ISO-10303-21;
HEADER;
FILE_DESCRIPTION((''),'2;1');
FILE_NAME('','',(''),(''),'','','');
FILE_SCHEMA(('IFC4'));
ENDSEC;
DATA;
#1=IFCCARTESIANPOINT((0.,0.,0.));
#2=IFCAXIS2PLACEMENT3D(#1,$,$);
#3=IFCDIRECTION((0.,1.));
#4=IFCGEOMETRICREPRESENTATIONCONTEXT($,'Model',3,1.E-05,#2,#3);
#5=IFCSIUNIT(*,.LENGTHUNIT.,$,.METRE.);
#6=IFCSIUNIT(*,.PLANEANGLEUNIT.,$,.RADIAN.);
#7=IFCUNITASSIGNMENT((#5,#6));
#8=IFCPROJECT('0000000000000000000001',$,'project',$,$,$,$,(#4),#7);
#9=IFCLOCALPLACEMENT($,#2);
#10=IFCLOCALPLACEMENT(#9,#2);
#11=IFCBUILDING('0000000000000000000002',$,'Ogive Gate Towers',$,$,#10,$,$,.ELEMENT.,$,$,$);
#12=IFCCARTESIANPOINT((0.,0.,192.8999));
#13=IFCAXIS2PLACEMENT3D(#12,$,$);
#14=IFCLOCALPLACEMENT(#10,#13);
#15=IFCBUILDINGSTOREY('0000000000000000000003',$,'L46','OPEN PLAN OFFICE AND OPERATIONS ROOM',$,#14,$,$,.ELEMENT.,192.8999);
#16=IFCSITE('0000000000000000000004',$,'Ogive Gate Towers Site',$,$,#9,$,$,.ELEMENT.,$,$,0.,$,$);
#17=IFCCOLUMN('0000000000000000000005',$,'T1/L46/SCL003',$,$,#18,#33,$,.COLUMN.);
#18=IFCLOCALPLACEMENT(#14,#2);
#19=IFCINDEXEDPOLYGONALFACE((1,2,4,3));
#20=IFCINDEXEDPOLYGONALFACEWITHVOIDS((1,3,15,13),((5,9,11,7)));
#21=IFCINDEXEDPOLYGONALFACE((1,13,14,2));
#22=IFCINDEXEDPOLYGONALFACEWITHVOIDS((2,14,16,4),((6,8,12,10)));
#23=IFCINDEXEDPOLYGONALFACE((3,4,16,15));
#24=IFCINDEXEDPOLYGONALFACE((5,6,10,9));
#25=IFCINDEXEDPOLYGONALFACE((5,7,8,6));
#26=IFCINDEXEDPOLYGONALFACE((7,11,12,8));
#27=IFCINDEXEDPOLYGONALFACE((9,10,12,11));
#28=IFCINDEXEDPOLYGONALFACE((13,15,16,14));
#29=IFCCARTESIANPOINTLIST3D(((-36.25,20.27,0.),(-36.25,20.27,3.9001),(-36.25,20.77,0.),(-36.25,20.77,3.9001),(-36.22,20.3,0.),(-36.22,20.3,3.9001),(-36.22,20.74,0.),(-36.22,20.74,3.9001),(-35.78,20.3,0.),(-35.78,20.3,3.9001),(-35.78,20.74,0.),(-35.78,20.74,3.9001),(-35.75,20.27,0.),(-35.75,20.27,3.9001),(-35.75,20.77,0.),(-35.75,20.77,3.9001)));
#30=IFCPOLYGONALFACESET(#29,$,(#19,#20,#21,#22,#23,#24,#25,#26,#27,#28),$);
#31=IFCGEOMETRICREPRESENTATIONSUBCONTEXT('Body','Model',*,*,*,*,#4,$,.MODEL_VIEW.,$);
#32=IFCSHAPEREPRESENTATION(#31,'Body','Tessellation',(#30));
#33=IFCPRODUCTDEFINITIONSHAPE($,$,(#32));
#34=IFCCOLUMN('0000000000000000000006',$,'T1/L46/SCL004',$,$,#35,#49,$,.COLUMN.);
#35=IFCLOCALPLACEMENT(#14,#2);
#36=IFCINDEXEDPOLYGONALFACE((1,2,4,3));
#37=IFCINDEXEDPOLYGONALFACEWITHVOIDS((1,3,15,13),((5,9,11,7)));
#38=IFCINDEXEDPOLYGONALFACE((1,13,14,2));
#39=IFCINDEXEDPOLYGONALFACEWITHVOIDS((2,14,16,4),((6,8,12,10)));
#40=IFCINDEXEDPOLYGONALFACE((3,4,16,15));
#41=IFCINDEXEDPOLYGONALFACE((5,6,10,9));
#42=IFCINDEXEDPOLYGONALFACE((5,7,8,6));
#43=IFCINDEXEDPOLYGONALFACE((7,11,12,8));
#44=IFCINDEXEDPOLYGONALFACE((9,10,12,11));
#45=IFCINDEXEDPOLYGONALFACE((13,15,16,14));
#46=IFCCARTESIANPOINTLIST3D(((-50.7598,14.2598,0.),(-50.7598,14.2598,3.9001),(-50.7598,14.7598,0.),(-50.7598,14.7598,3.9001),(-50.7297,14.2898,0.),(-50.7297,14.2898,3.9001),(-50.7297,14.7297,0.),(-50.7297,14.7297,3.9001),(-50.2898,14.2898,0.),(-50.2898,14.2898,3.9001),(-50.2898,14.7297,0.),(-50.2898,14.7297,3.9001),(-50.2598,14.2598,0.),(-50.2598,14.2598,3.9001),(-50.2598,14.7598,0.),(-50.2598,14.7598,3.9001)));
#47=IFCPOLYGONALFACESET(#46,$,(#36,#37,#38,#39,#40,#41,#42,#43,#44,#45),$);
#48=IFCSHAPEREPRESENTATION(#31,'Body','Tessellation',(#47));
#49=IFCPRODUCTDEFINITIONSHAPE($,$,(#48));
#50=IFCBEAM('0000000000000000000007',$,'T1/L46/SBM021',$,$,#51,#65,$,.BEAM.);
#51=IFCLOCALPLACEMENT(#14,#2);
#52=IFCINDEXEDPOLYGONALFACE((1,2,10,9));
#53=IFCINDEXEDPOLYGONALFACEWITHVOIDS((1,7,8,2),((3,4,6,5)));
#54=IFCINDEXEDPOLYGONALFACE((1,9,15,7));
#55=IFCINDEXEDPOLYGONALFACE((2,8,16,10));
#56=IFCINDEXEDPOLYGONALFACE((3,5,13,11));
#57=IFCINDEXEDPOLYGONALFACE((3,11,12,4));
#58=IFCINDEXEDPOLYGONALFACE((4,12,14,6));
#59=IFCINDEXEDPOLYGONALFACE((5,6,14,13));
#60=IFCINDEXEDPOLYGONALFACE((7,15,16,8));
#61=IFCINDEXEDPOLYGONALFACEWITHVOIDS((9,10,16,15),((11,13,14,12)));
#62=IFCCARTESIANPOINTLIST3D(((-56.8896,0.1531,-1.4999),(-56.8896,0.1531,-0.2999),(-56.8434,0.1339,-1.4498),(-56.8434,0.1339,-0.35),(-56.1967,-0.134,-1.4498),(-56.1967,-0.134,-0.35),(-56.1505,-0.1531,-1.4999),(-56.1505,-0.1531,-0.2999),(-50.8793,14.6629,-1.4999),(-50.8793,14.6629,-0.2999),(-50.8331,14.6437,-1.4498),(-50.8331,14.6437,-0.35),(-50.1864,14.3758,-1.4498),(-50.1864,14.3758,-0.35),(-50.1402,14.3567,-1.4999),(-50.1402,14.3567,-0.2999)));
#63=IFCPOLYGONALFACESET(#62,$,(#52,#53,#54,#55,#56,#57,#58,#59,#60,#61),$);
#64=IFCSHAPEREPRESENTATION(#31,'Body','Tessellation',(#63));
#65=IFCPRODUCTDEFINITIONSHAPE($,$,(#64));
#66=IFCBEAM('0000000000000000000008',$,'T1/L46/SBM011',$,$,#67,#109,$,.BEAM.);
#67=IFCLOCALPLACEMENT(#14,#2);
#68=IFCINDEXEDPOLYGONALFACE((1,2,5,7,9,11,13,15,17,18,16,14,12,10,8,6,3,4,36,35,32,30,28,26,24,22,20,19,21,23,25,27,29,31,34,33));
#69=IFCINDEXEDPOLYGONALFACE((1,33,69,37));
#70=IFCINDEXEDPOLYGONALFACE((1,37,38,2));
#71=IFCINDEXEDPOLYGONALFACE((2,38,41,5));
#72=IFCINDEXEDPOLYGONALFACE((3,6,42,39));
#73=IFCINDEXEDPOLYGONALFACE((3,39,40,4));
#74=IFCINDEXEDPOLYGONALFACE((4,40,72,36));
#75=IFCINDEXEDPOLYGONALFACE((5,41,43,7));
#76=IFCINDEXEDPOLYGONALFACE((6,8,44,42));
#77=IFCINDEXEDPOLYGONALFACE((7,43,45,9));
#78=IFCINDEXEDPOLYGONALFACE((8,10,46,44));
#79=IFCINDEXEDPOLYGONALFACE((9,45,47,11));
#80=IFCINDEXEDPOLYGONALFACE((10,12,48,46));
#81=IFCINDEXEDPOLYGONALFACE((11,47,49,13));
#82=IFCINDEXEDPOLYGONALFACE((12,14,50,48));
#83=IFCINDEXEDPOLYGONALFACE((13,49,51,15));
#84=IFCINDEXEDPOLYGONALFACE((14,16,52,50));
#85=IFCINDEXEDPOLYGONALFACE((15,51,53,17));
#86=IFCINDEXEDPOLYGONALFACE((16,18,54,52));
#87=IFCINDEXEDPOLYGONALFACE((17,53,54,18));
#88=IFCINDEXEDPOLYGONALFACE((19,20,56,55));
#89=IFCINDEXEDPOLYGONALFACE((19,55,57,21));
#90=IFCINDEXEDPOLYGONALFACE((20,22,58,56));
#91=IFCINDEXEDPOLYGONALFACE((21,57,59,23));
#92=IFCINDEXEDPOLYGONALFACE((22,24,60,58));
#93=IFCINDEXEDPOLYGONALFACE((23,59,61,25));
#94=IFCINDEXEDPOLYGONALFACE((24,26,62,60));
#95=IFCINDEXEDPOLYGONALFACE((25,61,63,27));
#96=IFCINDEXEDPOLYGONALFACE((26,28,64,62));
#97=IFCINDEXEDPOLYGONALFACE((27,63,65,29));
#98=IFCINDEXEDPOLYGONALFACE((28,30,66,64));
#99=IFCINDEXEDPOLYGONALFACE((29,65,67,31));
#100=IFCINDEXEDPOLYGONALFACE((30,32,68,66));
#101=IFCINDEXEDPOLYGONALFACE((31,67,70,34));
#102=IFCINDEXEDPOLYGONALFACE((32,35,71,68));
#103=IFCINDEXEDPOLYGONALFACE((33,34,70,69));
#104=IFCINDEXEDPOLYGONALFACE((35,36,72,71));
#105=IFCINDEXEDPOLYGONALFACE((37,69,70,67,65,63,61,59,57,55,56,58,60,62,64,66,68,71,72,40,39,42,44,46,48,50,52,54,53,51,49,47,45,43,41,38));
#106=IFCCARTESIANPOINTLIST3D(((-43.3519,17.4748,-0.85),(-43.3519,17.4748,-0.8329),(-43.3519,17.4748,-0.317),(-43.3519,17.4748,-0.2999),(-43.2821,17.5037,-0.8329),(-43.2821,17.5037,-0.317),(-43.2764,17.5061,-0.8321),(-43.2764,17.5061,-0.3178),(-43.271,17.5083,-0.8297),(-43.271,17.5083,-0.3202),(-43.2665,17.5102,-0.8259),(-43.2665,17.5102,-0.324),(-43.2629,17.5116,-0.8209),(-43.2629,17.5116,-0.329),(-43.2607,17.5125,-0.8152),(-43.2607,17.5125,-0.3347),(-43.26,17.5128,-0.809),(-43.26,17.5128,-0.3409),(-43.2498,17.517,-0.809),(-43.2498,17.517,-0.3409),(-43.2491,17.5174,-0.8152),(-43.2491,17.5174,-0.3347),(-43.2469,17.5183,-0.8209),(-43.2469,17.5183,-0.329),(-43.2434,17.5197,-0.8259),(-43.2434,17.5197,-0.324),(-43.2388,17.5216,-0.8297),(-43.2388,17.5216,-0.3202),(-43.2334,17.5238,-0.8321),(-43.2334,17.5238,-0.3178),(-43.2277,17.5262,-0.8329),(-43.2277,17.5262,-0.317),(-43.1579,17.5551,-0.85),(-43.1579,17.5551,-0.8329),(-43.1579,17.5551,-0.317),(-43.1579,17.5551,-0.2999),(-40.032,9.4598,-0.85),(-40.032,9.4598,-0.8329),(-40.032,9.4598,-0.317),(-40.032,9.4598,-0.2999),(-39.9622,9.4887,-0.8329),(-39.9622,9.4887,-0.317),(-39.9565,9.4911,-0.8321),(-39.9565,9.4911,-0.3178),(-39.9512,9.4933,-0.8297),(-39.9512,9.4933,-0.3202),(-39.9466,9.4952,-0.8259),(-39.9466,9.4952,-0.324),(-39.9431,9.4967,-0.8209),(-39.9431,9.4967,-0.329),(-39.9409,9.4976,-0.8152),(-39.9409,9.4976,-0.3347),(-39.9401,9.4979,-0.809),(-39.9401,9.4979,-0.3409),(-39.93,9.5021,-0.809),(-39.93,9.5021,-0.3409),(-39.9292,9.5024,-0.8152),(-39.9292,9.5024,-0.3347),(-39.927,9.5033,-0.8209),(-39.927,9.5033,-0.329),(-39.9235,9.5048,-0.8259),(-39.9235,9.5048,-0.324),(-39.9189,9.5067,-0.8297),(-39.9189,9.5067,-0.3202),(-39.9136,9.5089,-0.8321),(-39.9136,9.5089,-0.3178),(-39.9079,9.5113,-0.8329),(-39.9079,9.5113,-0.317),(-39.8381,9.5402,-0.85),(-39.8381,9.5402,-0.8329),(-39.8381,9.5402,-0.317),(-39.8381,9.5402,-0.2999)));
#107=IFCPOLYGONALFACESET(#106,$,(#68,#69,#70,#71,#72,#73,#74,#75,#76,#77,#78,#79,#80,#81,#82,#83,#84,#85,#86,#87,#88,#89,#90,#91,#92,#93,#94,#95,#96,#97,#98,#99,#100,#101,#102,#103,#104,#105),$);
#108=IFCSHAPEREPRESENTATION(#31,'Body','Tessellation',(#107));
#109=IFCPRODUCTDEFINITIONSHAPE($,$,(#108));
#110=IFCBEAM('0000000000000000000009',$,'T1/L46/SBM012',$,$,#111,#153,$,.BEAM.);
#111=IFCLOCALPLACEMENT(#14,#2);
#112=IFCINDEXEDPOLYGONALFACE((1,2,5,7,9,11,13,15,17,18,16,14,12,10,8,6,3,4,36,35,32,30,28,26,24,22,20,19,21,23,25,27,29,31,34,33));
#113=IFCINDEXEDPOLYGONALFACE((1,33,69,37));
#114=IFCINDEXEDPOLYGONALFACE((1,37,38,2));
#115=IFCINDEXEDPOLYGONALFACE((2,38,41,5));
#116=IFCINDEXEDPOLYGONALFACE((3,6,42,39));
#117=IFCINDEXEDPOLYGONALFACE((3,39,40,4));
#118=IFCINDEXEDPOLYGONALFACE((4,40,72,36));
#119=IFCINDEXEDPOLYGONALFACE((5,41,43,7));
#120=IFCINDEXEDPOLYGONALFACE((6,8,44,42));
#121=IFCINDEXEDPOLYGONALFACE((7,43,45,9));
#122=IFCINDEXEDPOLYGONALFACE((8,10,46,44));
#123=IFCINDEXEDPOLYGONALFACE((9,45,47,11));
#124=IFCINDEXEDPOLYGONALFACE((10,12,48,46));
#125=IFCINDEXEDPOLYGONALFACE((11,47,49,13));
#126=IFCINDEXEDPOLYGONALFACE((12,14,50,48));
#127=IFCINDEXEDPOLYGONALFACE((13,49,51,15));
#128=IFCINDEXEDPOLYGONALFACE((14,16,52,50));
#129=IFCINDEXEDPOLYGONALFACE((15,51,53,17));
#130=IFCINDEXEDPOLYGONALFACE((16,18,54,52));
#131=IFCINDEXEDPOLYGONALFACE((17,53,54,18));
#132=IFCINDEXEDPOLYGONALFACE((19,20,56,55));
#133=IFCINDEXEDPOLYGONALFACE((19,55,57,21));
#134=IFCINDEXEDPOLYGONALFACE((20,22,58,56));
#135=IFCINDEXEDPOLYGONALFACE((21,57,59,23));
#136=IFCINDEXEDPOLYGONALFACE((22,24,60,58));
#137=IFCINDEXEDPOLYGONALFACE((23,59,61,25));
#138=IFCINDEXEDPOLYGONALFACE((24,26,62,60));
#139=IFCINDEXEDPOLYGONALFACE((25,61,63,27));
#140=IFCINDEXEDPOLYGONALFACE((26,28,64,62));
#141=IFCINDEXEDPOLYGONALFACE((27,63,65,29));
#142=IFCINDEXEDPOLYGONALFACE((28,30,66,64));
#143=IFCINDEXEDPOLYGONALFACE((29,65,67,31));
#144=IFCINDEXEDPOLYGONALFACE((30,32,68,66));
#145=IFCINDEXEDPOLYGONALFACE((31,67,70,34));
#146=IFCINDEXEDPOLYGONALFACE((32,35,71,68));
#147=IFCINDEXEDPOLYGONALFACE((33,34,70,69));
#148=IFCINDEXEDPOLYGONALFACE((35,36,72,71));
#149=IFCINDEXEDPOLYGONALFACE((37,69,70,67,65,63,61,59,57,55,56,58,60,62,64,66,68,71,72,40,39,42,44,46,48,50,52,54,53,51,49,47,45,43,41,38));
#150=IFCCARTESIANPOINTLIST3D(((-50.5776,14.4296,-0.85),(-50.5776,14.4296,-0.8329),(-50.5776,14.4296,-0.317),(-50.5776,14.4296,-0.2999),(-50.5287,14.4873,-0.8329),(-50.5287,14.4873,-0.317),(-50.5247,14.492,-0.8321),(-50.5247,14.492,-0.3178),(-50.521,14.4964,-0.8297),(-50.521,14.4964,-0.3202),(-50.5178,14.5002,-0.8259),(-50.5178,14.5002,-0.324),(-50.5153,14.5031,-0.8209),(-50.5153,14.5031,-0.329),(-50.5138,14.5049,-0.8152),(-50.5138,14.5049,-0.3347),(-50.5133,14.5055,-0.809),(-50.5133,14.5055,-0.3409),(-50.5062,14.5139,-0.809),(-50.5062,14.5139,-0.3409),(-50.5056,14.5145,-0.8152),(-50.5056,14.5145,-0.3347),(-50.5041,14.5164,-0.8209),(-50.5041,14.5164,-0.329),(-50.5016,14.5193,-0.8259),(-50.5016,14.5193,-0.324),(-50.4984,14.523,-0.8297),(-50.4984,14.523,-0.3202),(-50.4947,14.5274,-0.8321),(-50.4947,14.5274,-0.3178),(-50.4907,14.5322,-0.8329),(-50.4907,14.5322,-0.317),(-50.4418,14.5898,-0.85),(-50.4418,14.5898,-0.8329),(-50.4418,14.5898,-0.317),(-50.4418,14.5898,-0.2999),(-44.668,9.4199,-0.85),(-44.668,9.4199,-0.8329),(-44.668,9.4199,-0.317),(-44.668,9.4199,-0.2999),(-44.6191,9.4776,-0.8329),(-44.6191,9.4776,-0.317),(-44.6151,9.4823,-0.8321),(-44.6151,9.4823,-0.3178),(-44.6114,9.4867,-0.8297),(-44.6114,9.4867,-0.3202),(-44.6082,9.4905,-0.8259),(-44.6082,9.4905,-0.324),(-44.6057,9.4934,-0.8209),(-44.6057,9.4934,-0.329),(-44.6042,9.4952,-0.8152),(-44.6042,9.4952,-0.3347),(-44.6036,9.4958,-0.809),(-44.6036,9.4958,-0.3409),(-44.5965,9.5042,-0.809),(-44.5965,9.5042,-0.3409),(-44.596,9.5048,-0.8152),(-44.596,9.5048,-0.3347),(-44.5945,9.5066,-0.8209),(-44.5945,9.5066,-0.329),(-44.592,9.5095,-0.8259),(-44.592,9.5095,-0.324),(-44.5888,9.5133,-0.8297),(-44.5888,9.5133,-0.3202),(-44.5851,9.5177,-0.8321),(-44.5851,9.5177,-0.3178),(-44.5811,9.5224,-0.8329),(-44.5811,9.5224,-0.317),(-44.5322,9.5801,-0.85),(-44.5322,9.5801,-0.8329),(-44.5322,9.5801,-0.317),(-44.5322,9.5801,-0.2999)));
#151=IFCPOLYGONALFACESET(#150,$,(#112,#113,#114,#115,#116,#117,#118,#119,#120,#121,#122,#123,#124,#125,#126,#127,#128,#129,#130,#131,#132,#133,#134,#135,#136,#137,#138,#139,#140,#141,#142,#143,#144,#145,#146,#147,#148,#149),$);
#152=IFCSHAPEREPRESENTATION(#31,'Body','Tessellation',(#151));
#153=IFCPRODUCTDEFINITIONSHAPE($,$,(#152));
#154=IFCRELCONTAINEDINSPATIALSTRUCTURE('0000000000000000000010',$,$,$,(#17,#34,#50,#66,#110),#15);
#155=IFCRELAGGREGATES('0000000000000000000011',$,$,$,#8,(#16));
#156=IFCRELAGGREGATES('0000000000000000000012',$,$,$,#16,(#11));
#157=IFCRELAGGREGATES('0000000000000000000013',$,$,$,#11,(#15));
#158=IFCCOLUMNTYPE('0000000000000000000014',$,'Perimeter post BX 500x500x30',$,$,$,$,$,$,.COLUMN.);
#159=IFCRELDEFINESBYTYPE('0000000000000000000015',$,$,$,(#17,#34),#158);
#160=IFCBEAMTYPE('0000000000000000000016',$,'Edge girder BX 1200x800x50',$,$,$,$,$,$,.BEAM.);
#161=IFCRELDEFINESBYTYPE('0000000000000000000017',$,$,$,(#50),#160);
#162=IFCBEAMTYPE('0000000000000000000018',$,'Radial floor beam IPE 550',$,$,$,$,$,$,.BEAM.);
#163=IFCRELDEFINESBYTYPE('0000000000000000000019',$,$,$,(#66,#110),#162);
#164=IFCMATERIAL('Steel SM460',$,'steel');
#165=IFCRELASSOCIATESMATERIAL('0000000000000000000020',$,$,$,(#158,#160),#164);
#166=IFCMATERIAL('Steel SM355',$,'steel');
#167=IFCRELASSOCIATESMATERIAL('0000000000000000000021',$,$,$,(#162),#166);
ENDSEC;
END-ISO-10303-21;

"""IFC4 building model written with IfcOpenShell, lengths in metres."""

from ifc_helpers import new_model, si_unit, direction, frame, origin, origin_2d, place, context, subcontext, project, spatial, hollow_rectangle, i_section, extrude, material, material_profile, profile_set, type_object, element, save


model = new_model("IFC4")

# Units and contexts
model_context = context("Model", 3, precision=1e-05, world=origin(), true_north=direction((0.0, 1.0)))
body_context = subcontext(model_context, "Body", "Model", "MODEL_VIEW")
ifc_project = project(units=[si_unit("LENGTHUNIT", "METRE"), si_unit("PLANEANGLEUNIT", "RADIAN")], contexts=[model_context])

# Site, building, storey
site_placement = place(None, origin())
site = spatial("IfcSite", under=ifc_project, at=site_placement, Name="Ogive Gate Towers Site", CompositionType="ELEMENT", RefElevation=0.0)
building_placement = place(site_placement, origin())
building = spatial("IfcBuilding", under=site, at=building_placement, Name="Ogive Gate Towers", CompositionType="ELEMENT")
storey_placement = place(building_placement, frame((0.0, 0.0, 192.8999)))
storey = spatial("IfcBuildingStorey", under=building, at=storey_placement, Name="L46", Description="OPEN PLAN OFFICE AND OPERATIONS ROOM", CompositionType="ELEMENT", Elevation=192.8999)

# Columns
ifc_material_1 = material(Name="Steel SM460", Category="steel")
ifc_material_profile_1 = material_profile(ifc_material_1, hollow_rectangle(XDim=0.5, YDim=0.5, WallThickness=0.03, at=origin_2d()), Name="BX 500x500x30")
ifc_profile_set_1 = profile_set([ifc_material_profile_1], Name="Steel SM460")
column_type = type_object("IfcColumnType", Name="Perimeter post BX 500x500x30", PredefinedType="COLUMN", material=ifc_profile_set_1)
for number, where, z_axis, x_axis, name in (
    (1, (-36.0, 20.52, 0.0), (0.0, 0.0, 1.0), (1.0, 0.0, 0.0), "T1/L46/SCL003"),
    (2, (-50.5098, 14.5098, 0.0), (0.0, 0.0, 1.0), (1.0, 0.0, 0.0), "T1/L46/SCL004"),
):
    element("IfcColumn", number, at=place(storey_placement, frame(where, z_axis=z_axis, x_axis=x_axis)), inside=storey, type_object=column_type, Name=name, PredefinedType="COLUMN", context=body_context, shape_type="SweptSolid", body=[
        extrude(hollow_rectangle(XDim=0.5, YDim=0.5, WallThickness=0.03, at=origin_2d()), origin(), (0.0, 0.0, 1.0), 3.9001),
    ])

# Beams
ifc_material_profile_2 = material_profile(ifc_material_1, hollow_rectangle(XDim=0.8, YDim=1.2, WallThickness=0.05, at=origin_2d()), Name="BX 1200x800x50")
ifc_profile_set_2 = profile_set([ifc_material_profile_2], Name="Steel SM460")
beam_type_1 = type_object("IfcBeamType", Name="Edge girder BX 1200x800x50", PredefinedType="BEAM", material=ifc_profile_set_2)
beam_1_placement = place(storey_placement, frame((-50.5098, 14.5098, -0.8999), z_axis=(-0.38269, -0.923877, 0.0), x_axis=(0.923877, -0.38269, 0.0)))
element("IfcBeam", 3, at=beam_1_placement, inside=storey, type_object=beam_type_1, Name="T1/L46/SBM021", PredefinedType="BEAM", context=body_context, shape_type="SweptSolid", body=[
    extrude(hollow_rectangle(XDim=0.8, YDim=1.2, WallThickness=0.05, at=origin_2d()), origin(), (0.0, 0.0, 1.0), 15.7053),
])
ifc_material_2 = material(Name="Steel SM355", Category="steel")
ifc_material_profile_3 = material_profile(ifc_material_2, i_section(OverallWidth=0.21, OverallDepth=0.55, WebThickness=0.011, FlangeThickness=0.0171, FilletRadius=0.0239, at=origin_2d()), Name="IPE 550")
ifc_profile_set_3 = profile_set([ifc_material_profile_3], Name="Steel SM355")
beam_type_2 = type_object("IfcBeamType", Name="Radial floor beam IPE 550", PredefinedType="BEAM", material=ifc_profile_set_3)
beam_2_placement = place(storey_placement, frame((-39.9351, 9.5, -0.575), z_axis=(-0.382678, 0.923882, 0.0), x_axis=(-0.923882, -0.382678, 0.0)))
element("IfcBeam", 4, at=beam_2_placement, inside=storey, type_object=beam_type_2, Name="T1/L46/SBM011", PredefinedType="BEAM", context=body_context, shape_type="SweptSolid", body=[
    extrude(i_section(OverallWidth=0.21, OverallDepth=0.55, WebThickness=0.011, FlangeThickness=0.0171, FilletRadius=0.0239, at=origin_2d()), origin(), (0.0, 0.0, 1.0), 8.6753),
])
beam_3_placement = place(storey_placement, frame((-44.6001, 9.5, -0.575), z_axis=(-0.762795, 0.64664, 0.0), x_axis=(-0.64664, -0.762795, 0.0)))
element("IfcBeam", 5, at=beam_3_placement, inside=storey, type_object=beam_type_2, Name="T1/L46/SBM012", PredefinedType="BEAM", context=body_context, shape_type="SweptSolid", body=[
    extrude(i_section(OverallWidth=0.21, OverallDepth=0.55, WebThickness=0.011, FlangeThickness=0.0171, FilletRadius=0.0239, at=origin_2d()), origin(), (0.0, 0.0, 1.0), 7.7473),
])

save(model, "model.ifc")
